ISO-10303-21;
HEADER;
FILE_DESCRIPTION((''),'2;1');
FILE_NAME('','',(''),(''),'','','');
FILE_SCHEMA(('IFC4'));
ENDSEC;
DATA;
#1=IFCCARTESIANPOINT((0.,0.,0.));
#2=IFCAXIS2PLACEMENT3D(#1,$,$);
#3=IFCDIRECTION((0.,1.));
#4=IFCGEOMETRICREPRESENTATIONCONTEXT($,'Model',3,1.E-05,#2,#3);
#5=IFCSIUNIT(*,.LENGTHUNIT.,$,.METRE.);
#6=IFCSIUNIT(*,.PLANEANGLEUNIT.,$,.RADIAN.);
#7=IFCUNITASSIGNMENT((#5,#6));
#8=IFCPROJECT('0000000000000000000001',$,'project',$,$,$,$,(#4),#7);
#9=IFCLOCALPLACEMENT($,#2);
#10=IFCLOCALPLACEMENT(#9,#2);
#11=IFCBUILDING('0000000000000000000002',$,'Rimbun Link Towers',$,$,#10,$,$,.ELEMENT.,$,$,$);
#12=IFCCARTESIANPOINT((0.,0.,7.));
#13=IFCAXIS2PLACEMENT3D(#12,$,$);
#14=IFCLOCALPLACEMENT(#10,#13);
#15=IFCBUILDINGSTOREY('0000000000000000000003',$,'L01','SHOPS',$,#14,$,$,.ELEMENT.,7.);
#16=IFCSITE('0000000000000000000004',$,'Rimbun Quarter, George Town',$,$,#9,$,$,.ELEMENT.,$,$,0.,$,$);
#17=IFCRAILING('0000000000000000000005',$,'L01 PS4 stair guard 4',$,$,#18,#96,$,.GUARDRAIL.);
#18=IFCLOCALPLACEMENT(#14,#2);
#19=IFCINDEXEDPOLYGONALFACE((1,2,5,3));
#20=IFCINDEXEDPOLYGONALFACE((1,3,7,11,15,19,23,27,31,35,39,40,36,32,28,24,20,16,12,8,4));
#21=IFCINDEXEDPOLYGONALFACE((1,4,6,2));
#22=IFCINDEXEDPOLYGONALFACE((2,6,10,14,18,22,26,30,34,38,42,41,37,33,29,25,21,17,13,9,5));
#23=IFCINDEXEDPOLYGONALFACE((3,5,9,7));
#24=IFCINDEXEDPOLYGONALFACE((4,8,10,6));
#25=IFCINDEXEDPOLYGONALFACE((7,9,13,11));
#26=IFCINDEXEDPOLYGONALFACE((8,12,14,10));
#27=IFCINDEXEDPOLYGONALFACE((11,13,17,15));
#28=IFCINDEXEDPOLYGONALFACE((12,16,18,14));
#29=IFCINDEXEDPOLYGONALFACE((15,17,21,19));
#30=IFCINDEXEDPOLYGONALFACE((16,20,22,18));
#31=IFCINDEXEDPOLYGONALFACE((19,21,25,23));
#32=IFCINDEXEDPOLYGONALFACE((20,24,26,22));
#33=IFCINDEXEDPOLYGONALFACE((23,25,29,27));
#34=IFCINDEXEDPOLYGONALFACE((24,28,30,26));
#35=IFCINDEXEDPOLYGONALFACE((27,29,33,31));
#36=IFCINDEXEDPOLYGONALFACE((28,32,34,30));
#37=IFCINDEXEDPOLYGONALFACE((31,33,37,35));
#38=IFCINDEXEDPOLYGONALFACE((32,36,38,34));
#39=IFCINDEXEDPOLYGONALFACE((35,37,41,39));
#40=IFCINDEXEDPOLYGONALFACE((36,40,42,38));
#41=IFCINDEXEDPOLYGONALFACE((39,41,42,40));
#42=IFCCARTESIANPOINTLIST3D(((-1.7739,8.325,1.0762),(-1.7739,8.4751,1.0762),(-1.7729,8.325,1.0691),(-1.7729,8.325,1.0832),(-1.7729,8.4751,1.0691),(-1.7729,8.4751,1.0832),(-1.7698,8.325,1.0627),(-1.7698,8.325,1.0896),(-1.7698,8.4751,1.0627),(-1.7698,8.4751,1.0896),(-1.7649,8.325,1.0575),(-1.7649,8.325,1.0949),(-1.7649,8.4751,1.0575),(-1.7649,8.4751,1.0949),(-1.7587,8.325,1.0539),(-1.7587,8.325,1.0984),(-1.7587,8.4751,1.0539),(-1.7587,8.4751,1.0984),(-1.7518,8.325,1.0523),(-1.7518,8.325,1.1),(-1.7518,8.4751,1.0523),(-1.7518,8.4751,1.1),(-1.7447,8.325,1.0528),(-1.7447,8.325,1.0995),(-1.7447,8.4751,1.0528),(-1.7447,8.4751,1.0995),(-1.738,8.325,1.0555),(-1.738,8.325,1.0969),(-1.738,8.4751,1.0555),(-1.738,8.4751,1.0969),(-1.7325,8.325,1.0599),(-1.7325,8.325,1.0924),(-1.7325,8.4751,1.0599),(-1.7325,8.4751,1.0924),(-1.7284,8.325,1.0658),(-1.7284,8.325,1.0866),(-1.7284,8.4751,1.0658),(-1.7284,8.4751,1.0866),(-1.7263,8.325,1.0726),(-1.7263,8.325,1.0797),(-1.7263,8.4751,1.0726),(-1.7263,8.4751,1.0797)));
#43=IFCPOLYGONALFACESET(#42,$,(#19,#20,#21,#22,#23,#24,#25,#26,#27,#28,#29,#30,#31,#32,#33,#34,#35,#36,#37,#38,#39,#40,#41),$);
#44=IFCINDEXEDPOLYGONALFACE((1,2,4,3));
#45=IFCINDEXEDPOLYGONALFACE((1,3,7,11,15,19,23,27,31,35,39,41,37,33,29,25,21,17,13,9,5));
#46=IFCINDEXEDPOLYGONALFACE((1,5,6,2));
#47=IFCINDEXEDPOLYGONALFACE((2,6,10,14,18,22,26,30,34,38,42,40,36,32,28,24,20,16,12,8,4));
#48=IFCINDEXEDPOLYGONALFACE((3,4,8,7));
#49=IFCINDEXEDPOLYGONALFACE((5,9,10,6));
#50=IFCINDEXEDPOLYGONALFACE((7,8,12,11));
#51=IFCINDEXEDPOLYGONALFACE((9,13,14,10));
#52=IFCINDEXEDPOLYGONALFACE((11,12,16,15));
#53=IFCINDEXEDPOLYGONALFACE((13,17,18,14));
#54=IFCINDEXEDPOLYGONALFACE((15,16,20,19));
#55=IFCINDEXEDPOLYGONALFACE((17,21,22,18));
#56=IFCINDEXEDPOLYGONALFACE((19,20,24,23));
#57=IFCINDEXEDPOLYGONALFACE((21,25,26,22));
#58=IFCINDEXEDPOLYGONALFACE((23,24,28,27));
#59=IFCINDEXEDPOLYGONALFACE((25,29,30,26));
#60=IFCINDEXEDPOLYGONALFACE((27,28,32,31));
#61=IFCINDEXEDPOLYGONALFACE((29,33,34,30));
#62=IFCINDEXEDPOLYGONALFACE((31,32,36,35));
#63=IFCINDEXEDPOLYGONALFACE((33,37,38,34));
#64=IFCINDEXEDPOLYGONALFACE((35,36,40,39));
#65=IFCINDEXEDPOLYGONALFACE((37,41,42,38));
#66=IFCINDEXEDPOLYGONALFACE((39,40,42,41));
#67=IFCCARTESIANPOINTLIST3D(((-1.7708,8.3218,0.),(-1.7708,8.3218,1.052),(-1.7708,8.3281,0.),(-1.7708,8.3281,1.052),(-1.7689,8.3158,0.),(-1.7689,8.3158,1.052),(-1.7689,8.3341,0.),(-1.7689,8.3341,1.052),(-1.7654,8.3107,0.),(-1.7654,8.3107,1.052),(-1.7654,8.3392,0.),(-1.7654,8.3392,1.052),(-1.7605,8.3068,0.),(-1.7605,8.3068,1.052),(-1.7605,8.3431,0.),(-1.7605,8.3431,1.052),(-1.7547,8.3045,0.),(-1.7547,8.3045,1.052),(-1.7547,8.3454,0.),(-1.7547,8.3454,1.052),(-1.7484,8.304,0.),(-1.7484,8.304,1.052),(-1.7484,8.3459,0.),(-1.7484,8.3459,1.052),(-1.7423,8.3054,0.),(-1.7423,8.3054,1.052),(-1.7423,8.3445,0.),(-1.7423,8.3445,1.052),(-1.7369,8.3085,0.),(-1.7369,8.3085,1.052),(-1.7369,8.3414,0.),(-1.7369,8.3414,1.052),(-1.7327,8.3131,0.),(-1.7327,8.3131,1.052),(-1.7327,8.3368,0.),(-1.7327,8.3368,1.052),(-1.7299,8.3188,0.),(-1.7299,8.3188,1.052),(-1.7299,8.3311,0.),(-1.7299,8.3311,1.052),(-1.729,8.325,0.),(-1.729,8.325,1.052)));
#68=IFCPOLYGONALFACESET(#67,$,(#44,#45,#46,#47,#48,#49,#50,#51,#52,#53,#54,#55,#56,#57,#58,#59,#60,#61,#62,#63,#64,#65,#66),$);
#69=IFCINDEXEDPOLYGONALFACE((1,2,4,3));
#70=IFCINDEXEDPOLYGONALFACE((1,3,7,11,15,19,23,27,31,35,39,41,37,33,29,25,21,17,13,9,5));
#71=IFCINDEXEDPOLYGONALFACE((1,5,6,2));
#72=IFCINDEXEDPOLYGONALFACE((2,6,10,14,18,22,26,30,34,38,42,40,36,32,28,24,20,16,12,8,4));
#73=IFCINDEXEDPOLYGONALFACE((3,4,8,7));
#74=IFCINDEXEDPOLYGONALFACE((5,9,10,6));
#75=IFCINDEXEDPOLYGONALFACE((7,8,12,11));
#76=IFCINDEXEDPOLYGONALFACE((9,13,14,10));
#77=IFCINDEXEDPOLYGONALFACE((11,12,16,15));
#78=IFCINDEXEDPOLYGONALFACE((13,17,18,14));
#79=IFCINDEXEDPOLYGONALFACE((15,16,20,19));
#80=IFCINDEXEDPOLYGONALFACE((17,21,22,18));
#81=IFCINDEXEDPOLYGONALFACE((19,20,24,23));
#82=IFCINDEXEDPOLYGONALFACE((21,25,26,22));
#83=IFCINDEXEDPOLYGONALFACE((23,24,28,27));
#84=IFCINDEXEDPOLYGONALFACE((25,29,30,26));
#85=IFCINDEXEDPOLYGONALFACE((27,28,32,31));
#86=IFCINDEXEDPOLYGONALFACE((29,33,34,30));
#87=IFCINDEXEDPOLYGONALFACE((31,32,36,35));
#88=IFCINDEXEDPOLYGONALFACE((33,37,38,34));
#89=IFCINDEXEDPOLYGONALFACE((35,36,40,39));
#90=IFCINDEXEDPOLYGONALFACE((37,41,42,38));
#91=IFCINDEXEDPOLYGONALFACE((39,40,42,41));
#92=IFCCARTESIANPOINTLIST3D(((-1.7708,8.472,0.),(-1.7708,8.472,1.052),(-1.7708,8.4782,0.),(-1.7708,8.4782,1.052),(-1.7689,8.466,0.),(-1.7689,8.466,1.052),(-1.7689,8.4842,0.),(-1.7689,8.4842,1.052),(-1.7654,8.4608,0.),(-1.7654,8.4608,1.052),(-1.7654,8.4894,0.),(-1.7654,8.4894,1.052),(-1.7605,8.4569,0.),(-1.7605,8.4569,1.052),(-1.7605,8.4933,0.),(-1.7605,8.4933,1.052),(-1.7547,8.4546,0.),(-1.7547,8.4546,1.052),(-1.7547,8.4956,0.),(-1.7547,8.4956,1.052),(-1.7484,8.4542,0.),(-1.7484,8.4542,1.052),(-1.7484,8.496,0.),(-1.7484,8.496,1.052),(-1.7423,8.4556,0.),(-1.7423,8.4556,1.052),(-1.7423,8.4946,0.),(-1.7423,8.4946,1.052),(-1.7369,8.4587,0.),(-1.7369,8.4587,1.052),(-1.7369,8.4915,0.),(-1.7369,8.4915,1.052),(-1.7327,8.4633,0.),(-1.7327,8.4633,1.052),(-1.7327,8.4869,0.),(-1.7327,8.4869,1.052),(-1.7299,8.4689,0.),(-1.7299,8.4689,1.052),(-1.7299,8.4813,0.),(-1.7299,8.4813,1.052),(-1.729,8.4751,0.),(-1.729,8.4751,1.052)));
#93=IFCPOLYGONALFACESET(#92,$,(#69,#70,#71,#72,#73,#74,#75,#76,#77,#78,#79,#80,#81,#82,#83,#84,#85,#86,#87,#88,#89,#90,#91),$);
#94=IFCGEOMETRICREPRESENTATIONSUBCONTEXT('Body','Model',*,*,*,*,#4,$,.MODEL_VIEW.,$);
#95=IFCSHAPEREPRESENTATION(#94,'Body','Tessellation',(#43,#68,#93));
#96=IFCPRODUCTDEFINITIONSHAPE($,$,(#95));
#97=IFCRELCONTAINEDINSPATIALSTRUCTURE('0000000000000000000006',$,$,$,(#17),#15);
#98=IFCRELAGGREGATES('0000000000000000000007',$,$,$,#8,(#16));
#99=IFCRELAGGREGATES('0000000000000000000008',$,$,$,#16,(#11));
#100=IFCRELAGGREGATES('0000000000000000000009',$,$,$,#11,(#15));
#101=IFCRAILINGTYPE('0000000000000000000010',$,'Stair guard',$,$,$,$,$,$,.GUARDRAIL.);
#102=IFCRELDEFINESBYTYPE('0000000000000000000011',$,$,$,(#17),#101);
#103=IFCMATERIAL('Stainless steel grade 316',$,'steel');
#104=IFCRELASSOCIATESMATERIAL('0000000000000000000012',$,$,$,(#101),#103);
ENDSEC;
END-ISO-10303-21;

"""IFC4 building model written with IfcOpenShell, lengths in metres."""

from ifc_helpers import new_model, si_unit, direction, frame, origin, origin_2d, place, context, subcontext, project, spatial, circle, extrude, material, type_object, element, save


model = new_model("IFC4")

# Units and contexts
model_context = context("Model", 3, precision=1e-05, world=origin(), true_north=direction((0.0, 1.0)))
body_context = subcontext(model_context, "Body", "Model", "MODEL_VIEW")
ifc_project = project(units=[si_unit("LENGTHUNIT", "METRE"), si_unit("PLANEANGLEUNIT", "RADIAN")], contexts=[model_context])

# Site, building, storey
site_placement = place(None, origin())
site = spatial("IfcSite", under=ifc_project, at=site_placement, Name="Rimbun Quarter, George Town", CompositionType="ELEMENT", RefElevation=0.0)
building_placement = place(site_placement, origin())
building = spatial("IfcBuilding", under=site, at=building_placement, Name="Rimbun Link Towers", CompositionType="ELEMENT")
storey_placement = place(building_placement, frame((0.0, 0.0, 7.0)))
storey = spatial("IfcBuildingStorey", under=building, at=storey_placement, Name="L01", Description="SHOPS", CompositionType="ELEMENT", Elevation=7.0)

# Railing
ifc_material_1 = material(Name="Stainless steel grade 316", Category="steel")
railing_type_1 = type_object("IfcRailingType", Name="Stair guard", PredefinedType="GUARDRAIL", material=ifc_material_1)
railing_1_placement = place(storey_placement, frame((-1.75, 8.325, 0.0)))
element("IfcRailing", 1, at=railing_1_placement, inside=storey, type_object=railing_type_1, Name="L01 PS4 stair guard 4", PredefinedType="GUARDRAIL", context=body_context, shape_type="SweptSolid", body=[
    extrude(circle(Radius=0.0239, at=origin_2d()), frame((0.0, 0.0, 1.0762), z_axis=(0.0, 1.0, 0.0), x_axis=(-1.0, 0.0, 0.0)), (0.0, 0.0, 1.0), 0.1501),
    extrude(circle(Radius=0.021, at=origin_2d()), origin(), (0.0, 0.0, 1.0), 1.052),
    extrude(circle(Radius=0.021, at=origin_2d()), frame((0.0, 0.1501, 0.0)), (0.0, 0.0, 1.0), 1.052),
])

save(model, "model.ifc")
